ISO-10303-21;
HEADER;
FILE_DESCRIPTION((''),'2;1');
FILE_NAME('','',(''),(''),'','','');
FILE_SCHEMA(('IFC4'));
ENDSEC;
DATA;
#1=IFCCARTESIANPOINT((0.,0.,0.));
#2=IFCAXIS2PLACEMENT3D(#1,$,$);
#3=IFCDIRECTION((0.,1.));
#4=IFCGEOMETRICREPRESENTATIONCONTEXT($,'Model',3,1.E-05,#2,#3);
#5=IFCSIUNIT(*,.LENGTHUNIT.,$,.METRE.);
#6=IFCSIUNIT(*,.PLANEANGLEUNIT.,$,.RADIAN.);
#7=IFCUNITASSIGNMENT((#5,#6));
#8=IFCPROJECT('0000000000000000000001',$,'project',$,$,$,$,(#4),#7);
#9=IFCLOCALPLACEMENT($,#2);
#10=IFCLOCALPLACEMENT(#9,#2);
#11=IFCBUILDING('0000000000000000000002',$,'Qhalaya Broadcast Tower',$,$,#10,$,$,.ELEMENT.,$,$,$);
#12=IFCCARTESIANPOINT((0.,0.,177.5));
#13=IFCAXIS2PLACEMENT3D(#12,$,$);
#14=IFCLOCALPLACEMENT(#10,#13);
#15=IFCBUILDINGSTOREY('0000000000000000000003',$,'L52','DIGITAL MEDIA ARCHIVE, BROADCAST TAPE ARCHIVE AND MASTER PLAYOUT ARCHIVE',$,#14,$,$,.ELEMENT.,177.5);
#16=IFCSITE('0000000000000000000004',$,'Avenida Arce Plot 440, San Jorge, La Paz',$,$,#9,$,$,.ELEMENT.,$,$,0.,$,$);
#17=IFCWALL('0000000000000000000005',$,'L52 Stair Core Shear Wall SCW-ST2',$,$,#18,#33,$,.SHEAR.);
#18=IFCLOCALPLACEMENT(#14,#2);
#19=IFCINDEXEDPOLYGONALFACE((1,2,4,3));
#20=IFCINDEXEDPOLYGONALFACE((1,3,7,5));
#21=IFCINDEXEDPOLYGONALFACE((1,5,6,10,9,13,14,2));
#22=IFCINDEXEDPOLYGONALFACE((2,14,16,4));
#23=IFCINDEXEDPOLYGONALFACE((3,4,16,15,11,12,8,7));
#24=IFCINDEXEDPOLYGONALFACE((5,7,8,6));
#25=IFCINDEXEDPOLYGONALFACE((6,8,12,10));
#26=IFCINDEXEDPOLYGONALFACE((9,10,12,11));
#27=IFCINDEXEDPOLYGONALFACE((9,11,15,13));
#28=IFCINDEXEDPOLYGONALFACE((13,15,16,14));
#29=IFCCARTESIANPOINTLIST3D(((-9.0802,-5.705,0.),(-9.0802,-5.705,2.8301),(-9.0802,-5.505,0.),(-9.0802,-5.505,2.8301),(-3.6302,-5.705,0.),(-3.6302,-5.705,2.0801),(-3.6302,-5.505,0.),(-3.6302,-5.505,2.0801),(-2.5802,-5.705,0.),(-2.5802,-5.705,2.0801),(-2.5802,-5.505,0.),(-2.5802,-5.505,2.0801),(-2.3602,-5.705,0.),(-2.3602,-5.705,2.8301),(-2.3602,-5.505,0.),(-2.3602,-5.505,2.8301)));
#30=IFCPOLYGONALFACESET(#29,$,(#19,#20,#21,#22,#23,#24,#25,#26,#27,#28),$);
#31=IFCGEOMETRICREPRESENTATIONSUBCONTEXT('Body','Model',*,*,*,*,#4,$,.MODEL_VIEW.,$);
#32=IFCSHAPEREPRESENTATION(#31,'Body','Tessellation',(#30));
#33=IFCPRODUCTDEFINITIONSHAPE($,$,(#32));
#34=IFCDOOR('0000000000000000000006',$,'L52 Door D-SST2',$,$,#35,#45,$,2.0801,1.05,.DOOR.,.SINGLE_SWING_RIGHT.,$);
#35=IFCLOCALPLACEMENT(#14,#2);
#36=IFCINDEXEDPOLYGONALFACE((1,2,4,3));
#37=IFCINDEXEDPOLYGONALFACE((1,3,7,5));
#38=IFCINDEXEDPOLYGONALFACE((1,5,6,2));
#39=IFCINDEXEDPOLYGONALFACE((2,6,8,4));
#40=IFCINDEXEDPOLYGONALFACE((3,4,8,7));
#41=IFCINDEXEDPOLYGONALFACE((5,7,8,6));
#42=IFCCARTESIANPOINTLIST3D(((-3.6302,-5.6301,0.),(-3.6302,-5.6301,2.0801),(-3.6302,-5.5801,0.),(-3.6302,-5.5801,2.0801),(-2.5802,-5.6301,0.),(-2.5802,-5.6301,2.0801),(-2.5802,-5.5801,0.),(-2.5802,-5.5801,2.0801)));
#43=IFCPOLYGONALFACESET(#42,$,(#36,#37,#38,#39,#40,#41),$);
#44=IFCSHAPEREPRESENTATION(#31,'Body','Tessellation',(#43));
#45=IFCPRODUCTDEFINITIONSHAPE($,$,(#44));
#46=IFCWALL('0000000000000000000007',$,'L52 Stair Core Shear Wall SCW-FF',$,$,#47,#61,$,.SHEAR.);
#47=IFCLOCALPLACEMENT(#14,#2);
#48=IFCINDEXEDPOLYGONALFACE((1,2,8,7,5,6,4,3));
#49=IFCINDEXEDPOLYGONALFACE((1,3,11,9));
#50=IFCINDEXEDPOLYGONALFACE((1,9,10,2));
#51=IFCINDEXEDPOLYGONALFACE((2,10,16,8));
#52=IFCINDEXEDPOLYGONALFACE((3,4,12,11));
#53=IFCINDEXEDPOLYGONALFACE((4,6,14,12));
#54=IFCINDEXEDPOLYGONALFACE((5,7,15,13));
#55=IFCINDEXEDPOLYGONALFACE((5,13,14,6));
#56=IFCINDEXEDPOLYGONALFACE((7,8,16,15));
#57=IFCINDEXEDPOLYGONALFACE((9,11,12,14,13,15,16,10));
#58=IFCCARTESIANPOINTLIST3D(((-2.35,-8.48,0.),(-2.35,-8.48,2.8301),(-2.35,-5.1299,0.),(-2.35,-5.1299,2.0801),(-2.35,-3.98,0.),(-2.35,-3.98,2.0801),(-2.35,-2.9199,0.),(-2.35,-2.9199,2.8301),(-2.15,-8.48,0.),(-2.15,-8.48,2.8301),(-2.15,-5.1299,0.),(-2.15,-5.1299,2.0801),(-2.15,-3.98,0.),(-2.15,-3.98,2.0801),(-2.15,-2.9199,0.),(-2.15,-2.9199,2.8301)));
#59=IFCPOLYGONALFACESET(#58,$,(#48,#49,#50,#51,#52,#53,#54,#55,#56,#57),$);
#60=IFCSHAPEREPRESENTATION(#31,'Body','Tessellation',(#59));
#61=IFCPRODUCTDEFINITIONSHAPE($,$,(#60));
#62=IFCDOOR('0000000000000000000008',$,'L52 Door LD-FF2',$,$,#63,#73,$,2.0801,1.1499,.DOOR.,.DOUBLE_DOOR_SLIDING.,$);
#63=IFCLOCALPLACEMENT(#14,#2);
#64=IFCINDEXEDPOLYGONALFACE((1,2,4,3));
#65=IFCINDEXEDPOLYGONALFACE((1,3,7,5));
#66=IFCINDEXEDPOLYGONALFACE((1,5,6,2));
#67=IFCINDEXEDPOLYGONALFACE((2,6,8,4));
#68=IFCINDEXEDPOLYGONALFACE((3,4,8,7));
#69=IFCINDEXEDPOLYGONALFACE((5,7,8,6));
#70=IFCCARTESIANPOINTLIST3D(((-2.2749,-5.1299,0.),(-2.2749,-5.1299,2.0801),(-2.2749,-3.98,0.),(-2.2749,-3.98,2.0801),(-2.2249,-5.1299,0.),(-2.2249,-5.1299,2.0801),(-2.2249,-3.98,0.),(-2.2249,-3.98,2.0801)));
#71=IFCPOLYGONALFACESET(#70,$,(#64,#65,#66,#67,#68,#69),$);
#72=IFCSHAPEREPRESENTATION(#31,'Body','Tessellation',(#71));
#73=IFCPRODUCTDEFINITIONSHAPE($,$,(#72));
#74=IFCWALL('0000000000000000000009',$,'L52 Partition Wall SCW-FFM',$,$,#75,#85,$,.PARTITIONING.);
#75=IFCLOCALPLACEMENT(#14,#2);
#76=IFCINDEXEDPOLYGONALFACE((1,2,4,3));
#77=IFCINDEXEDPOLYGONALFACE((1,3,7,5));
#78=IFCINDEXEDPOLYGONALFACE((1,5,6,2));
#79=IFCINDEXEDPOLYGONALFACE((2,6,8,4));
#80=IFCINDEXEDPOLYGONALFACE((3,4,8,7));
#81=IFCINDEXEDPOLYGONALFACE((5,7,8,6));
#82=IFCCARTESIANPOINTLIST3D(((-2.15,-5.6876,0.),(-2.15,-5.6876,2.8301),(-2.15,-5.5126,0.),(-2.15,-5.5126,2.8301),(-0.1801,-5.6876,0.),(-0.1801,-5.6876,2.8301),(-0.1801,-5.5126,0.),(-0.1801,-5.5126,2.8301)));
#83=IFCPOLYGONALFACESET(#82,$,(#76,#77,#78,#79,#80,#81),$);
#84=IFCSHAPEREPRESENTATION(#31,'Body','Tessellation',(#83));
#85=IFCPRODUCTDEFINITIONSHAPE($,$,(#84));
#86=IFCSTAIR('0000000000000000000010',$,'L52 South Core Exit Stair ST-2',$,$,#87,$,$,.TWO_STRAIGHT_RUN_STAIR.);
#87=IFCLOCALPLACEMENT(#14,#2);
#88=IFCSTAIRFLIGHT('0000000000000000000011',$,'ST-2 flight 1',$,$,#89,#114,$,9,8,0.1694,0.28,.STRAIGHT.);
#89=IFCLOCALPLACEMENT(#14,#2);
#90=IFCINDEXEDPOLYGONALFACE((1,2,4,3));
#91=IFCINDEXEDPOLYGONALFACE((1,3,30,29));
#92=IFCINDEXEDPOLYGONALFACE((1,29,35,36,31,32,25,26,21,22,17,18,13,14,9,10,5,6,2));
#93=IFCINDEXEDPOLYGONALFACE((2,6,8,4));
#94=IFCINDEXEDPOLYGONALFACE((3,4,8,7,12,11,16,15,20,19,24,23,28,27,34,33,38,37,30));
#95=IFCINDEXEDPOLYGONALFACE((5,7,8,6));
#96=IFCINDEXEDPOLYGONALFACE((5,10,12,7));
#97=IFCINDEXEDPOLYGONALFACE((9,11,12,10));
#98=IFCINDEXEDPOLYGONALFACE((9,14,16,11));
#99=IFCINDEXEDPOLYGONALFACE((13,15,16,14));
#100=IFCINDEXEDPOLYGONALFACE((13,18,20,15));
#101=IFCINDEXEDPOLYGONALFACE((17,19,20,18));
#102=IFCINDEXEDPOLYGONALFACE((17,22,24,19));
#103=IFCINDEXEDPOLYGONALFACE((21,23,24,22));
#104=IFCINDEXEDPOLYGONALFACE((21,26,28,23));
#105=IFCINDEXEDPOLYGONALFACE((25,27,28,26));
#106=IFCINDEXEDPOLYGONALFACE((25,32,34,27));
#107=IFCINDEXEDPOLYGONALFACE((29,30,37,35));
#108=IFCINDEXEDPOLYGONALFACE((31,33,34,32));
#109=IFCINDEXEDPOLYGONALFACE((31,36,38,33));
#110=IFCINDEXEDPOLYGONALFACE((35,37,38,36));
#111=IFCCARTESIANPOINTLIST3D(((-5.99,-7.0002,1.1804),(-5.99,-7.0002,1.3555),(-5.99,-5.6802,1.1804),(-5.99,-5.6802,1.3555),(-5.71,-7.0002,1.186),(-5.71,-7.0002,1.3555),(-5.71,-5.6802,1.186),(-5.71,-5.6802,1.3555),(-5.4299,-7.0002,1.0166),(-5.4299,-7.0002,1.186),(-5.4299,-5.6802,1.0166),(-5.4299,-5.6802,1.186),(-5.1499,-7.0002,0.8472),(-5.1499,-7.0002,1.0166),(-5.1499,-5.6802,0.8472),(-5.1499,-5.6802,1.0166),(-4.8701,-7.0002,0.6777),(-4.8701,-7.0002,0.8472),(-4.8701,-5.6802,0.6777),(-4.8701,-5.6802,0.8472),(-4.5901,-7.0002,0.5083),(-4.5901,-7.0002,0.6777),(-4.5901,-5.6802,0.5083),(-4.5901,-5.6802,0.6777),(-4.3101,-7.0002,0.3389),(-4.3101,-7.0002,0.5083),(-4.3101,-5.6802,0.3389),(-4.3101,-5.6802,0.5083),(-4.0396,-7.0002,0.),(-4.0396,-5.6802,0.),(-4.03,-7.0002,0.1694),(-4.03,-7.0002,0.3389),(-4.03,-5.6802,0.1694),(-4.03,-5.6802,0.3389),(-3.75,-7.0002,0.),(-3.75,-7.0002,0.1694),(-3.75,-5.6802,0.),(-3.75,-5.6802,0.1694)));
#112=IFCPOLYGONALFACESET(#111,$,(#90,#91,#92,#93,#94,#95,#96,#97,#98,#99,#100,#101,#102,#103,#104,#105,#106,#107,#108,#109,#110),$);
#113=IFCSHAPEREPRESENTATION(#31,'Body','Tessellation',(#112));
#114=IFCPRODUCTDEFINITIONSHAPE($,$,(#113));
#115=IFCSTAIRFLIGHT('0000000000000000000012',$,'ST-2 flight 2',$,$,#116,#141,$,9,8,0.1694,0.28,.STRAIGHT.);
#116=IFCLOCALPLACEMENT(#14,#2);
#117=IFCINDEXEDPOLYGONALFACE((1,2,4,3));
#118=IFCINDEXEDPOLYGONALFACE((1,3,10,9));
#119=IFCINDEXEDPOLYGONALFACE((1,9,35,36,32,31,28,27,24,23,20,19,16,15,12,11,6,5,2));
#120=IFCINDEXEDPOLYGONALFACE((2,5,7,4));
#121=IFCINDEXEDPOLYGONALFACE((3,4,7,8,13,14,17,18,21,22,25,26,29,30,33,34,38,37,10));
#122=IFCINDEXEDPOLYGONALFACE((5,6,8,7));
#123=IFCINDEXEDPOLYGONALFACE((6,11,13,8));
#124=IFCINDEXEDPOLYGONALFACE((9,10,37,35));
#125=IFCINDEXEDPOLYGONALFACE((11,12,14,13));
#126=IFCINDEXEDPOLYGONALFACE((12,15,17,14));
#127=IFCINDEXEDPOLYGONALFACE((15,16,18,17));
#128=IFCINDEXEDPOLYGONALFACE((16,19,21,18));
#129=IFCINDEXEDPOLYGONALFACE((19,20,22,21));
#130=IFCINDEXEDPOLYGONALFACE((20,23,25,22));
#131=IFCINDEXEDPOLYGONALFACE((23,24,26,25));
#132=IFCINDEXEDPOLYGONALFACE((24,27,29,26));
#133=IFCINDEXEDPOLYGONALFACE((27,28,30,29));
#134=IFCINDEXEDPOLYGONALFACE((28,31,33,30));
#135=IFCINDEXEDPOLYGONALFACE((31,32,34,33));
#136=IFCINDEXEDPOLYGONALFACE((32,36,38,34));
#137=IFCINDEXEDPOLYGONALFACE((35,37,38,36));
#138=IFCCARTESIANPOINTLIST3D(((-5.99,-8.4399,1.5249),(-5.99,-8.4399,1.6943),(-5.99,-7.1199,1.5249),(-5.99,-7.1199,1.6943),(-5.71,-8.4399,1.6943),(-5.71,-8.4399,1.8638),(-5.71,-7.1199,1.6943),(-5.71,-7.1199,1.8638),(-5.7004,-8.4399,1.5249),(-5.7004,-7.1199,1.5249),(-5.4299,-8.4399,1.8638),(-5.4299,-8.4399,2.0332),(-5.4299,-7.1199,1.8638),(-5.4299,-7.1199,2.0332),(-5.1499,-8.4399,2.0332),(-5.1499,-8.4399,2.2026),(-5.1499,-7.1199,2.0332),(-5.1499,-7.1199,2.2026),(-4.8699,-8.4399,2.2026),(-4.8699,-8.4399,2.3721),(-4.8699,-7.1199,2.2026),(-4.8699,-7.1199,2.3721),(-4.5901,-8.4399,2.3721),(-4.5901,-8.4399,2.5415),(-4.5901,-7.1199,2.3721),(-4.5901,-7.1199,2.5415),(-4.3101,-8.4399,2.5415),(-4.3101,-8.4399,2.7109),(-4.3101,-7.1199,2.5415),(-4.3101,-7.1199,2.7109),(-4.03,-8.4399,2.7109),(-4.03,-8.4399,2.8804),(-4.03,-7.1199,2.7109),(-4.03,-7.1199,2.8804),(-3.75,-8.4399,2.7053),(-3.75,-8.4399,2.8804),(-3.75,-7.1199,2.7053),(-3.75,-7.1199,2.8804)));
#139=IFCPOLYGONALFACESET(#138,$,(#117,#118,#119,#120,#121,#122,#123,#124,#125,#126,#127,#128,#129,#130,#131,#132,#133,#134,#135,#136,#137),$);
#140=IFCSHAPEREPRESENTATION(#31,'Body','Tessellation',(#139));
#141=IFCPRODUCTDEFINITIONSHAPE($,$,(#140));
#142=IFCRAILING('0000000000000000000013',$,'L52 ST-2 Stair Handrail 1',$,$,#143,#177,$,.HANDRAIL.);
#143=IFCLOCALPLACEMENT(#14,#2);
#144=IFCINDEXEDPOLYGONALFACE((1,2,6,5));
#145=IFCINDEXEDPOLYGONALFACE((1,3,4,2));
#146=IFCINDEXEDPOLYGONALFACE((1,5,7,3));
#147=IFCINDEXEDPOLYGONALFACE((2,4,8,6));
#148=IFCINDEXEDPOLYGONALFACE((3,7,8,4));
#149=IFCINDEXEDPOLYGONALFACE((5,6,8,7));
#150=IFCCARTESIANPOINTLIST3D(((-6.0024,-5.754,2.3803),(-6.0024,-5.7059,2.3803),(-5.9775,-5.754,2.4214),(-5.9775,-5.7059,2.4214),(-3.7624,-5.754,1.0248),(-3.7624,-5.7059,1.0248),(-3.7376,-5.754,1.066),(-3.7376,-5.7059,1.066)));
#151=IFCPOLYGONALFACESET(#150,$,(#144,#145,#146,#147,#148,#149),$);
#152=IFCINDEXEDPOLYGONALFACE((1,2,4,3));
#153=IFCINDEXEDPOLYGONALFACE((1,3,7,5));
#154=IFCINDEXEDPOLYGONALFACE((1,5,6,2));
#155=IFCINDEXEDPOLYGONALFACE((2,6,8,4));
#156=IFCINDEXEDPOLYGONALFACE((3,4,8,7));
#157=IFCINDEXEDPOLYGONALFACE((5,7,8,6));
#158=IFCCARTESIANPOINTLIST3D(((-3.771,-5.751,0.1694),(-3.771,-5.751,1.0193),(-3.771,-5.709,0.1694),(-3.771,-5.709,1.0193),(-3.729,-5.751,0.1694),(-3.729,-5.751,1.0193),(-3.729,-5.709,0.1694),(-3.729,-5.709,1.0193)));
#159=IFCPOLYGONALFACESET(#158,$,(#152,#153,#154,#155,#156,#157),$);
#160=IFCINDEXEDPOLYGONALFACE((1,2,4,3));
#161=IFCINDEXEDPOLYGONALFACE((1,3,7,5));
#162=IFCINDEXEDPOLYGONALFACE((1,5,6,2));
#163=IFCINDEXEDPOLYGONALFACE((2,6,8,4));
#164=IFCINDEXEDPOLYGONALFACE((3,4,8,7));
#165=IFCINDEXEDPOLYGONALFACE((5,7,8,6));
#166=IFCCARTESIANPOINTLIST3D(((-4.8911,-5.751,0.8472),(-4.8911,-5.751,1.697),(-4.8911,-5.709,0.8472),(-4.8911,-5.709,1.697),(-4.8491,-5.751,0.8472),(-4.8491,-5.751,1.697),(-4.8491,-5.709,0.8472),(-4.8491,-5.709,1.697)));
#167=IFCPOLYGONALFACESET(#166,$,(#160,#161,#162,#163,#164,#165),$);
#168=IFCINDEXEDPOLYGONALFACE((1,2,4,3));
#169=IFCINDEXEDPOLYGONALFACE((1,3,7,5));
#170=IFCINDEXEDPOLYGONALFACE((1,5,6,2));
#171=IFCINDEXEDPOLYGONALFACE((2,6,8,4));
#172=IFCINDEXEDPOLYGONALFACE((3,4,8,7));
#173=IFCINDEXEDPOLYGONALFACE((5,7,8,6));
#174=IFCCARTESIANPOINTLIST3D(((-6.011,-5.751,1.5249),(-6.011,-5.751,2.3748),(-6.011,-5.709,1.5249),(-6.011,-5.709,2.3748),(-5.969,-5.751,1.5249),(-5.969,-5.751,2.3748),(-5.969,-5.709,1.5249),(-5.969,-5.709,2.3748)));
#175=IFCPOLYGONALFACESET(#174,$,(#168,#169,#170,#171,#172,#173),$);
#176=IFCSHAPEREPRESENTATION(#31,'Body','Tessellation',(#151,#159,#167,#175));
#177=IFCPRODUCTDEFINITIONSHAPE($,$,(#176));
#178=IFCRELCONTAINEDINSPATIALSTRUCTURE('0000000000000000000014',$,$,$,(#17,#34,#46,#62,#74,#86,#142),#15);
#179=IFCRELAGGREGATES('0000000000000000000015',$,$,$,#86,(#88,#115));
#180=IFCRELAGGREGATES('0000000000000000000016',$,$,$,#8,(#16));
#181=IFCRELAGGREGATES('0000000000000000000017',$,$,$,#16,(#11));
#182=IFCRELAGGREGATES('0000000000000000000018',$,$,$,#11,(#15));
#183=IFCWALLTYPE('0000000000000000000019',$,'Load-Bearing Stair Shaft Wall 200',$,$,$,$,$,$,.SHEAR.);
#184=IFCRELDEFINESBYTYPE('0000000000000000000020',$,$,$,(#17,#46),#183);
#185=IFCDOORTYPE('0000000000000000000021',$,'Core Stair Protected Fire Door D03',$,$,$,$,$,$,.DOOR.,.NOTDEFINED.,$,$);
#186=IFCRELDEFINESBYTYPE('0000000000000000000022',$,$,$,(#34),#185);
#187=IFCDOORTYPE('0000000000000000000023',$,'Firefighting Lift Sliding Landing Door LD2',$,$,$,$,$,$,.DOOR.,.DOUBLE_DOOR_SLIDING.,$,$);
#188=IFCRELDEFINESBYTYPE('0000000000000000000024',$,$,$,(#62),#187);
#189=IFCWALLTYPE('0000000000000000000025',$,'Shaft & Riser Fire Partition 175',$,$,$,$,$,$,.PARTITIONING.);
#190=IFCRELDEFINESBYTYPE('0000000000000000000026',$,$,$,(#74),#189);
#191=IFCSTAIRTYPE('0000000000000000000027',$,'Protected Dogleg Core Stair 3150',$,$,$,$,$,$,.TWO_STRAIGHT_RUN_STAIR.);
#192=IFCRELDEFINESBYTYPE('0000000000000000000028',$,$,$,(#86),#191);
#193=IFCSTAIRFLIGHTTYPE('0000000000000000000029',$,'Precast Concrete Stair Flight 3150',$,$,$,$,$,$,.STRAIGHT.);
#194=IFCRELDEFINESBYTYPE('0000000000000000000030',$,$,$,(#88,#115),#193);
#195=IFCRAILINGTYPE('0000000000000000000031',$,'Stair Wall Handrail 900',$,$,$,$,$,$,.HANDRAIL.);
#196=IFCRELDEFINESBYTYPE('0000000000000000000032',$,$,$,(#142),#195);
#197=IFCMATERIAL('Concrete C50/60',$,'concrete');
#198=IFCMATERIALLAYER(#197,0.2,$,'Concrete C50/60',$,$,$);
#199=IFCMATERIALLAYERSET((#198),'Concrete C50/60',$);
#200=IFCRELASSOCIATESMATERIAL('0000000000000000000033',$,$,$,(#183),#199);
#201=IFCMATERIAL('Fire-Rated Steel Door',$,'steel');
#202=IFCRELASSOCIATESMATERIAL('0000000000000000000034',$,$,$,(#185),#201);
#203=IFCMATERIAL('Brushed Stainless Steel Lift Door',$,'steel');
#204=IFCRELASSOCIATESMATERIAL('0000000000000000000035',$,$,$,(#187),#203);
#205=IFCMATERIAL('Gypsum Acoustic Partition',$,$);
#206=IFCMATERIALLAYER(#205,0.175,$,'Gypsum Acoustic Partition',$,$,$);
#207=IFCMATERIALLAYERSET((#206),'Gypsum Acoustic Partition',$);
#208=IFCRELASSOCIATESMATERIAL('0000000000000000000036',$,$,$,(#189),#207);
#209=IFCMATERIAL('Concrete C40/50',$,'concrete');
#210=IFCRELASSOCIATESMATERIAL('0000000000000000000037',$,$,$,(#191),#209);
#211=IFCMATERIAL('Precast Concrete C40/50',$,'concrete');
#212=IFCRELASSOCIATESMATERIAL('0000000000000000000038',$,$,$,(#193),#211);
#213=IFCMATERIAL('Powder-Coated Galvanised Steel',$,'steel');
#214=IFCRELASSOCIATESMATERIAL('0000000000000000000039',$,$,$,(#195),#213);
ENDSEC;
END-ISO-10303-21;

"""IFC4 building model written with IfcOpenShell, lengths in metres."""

from ifc_helpers import new_model, si_unit, direction, frame, frame_2d, origin, origin_2d, place, context, subcontext, project, spatial, polyline, rectangle, outline, extrude, material, layer, layer_set, type_object, element, fill, aggregate, save


model = new_model("IFC4")

# Units and contexts
model_context = context("Model", 3, precision=1e-05, world=origin(), true_north=direction((0.0, 1.0)))
body_context = subcontext(model_context, "Body", "Model", "MODEL_VIEW")
ifc_project = project(units=[si_unit("LENGTHUNIT", "METRE"), si_unit("PLANEANGLEUNIT", "RADIAN")], contexts=[model_context])

# Site, building, storey
site_placement = place(None, origin())
site = spatial("IfcSite", under=ifc_project, at=site_placement, Name="Avenida Arce Plot 440, San Jorge, La Paz", CompositionType="ELEMENT", RefElevation=0.0)
building_placement = place(site_placement, origin())
building = spatial("IfcBuilding", under=site, at=building_placement, Name="Qhalaya Broadcast Tower", CompositionType="ELEMENT")
storey_placement = place(building_placement, frame((0.0, 0.0, 177.5)))
storey = spatial("IfcBuildingStorey", under=building, at=storey_placement, Name="L52", Description="DIGITAL MEDIA ARCHIVE, BROADCAST TAPE ARCHIVE AND MASTER PLAYOUT ARCHIVE", CompositionType="ELEMENT", Elevation=177.5)

# Shared definitions
ifc_material_1 = material(Name="Concrete C50/60", Category="concrete")

# Walls, openings, doors
ifc_layer_1 = layer(ifc_material_1, 0.2, Name="Concrete C50/60")
ifc_layer_set_1 = layer_set([ifc_layer_1], Name="Concrete C50/60")
wall_type_1 = type_object("IfcWallType", Name="Load-Bearing Stair Shaft Wall 200", PredefinedType="SHEAR", material=ifc_layer_set_1)
wall_1_placement = place(storey_placement, frame((-9.0801, -5.605, 0.0), z_axis=(0.0, 0.0, 1.0), x_axis=(1.0, 0.0, 0.0)))
wall_1 = element("IfcWall", 1, at=wall_1_placement, inside=storey, type_object=wall_type_1, Name="L52 Stair Core Shear Wall SCW-ST2", PredefinedType="SHEAR", context=body_context, shape_type="SweptSolid", body=[
    extrude(rectangle(XDim=6.72, YDim=0.2, at=frame_2d((3.3599, 0.0))), origin(), (0.0, 0.0, 1.0), 2.8301),
])
opening_1_placement = place(wall_1_placement, frame((5.45, 0.0, 0.0)))
opening_1 = element("IfcOpeningElement", 2, at=opening_1_placement, cuts=wall_1, PredefinedType="OPENING", context=body_context, shape_type="SweptSolid", body=[
    extrude(rectangle(XDim=1.05, YDim=2.0801, at=frame_2d((0.5249, 1.04))), frame((0.0, 0.1121, 0.0), z_axis=(0.0, -1.0, 0.0), x_axis=(1.0, 0.0, 0.0)), (0.0, 0.0, 1.0), 0.2239),
])
ifc_material_2 = material(Name="Fire-Rated Steel Door", Category="steel")
door_type_1 = type_object("IfcDoorType", Name="Core Stair Protected Fire Door D03", OperationType="NOTDEFINED", PredefinedType="DOOR", material=ifc_material_2)
door_1_placement = place(opening_1_placement, origin())
door_1 = element("IfcDoor", 3, at=door_1_placement, inside=storey, type_object=door_type_1, Name="L52 Door D-SST2", OperationType="SINGLE_SWING_RIGHT", OverallHeight=2.0801, OverallWidth=1.05, PredefinedType="DOOR", context=body_context, shape_type="SweptSolid", body=[
    extrude(rectangle(XDim=1.05, YDim=2.0801, at=frame_2d((0.5249, 1.04))), frame((0.0, 0.0249, 0.0), z_axis=(0.0, -1.0, 0.0), x_axis=(1.0, 0.0, 0.0)), (0.0, 0.0, 1.0), 0.05),
])
fill(opening_1, door_1)
wall_2_placement = place(storey_placement, frame((-2.25, -8.48, 0.0), z_axis=(0.0, 0.0, 1.0), x_axis=(0.0, 1.0, 0.0)))
wall_2 = element("IfcWall", 4, at=wall_2_placement, inside=storey, type_object=wall_type_1, Name="L52 Stair Core Shear Wall SCW-FF", PredefinedType="SHEAR", context=body_context, shape_type="SweptSolid", body=[
    extrude(rectangle(XDim=5.5601, YDim=0.2, at=frame_2d((2.78, 0.0))), origin(), (0.0, 0.0, 1.0), 2.8301),
])
opening_2_placement = place(wall_2_placement, frame((3.3501, 0.0, 0.0)))
opening_2 = element("IfcOpeningElement", 5, at=opening_2_placement, cuts=wall_2, PredefinedType="OPENING", context=body_context, shape_type="SweptSolid", body=[
    extrude(rectangle(XDim=1.1499, YDim=2.0801, at=frame_2d((0.575, 1.04))), frame((0.0, 0.1121, 0.0), z_axis=(0.0, -1.0, 0.0), x_axis=(1.0, 0.0, 0.0)), (0.0, 0.0, 1.0), 0.2239),
])
ifc_material_3 = material(Name="Brushed Stainless Steel Lift Door", Category="steel")
door_type_2 = type_object("IfcDoorType", Name="Firefighting Lift Sliding Landing Door LD2", OperationType="DOUBLE_DOOR_SLIDING", PredefinedType="DOOR", material=ifc_material_3)
door_2_placement = place(opening_2_placement, origin())
door_2 = element("IfcDoor", 6, at=door_2_placement, inside=storey, type_object=door_type_2, Name="L52 Door LD-FF2", OperationType="DOUBLE_DOOR_SLIDING", OverallHeight=2.0801, OverallWidth=1.1499, PredefinedType="DOOR", context=body_context, shape_type="SweptSolid", body=[
    extrude(rectangle(XDim=1.1499, YDim=2.0801, at=frame_2d((0.575, 1.04))), frame((0.0, 0.0249, 0.0), z_axis=(0.0, -1.0, 0.0), x_axis=(1.0, 0.0, 0.0)), (0.0, 0.0, 1.0), 0.05),
])
fill(opening_2, door_2)

# Wall
ifc_material_4 = material(Name="Gypsum Acoustic Partition")
ifc_layer_2 = layer(ifc_material_4, 0.175, Name="Gypsum Acoustic Partition")
ifc_layer_set_2 = layer_set([ifc_layer_2], Name="Gypsum Acoustic Partition")
wall_type_2 = type_object("IfcWallType", Name="Shaft & Riser Fire Partition 175", PredefinedType="PARTITIONING", material=ifc_layer_set_2)
wall_3_placement = place(storey_placement, frame((-2.1499, -5.6001, 0.0), z_axis=(0.0, 0.0, 1.0), x_axis=(1.0, 0.0, 0.0)))
element("IfcWall", 7, at=wall_3_placement, inside=storey, type_object=wall_type_2, Name="L52 Partition Wall SCW-FFM", PredefinedType="PARTITIONING", context=body_context, shape_type="SweptSolid", body=[
    extrude(rectangle(XDim=1.97, YDim=0.175, at=frame_2d((0.9849, 0.0))), origin(), (0.0, 0.0, 1.0), 2.8301),
])

# Stair, stair flights
ifc_material_5 = material(Name="Concrete C40/50", Category="concrete")
stair_type = type_object("IfcStairType", Name="Protected Dogleg Core Stair 3150", PredefinedType="TWO_STRAIGHT_RUN_STAIR", material=ifc_material_5)
stair_placement = place(storey_placement, origin())
stair = element("IfcStair", 8, at=stair_placement, inside=storey, type_object=stair_type, Name="L52 South Core Exit Stair ST-2", PredefinedType="TWO_STRAIGHT_RUN_STAIR")
ifc_material_6 = material(Name="Precast Concrete C40/50", Category="concrete")
stair_flight_type = type_object("IfcStairFlightType", Name="Precast Concrete Stair Flight 3150", PredefinedType="STRAIGHT", material=ifc_material_6)
stair_flight_1_placement = place(storey_placement, frame((-3.75, -6.3401, 0.0), z_axis=(0.0, 0.0, 1.0), x_axis=(-1.0, 0.0, 0.0)))
stair_flight_1 = element("IfcStairFlight", 9, at=stair_flight_1_placement, type_object=stair_flight_type, Name="ST-2 flight 1", NumberOfRisers=9, NumberOfTreads=8, PredefinedType="STRAIGHT", RiserHeight=0.1694, TreadLength=0.28, context=body_context, shape_type="SweptSolid", body=[
    extrude(outline(polyline([(0.0, 0.0), (0.0, 0.1694), (0.28, 0.1694), (0.28, 0.3389), (0.5601, 0.3389), (0.5601, 0.5083), (0.8401, 0.5083), (0.8401, 0.6777), (1.1201, 0.6777), (1.1201, 0.8472), (1.3999, 0.8472), (1.3999, 1.0166), (1.6799, 1.0166), (1.6799, 1.186), (1.96, 1.186), (1.96, 1.3555), (2.24, 1.3555), (2.24, 1.5249), (2.24, 1.1804), (0.2896, 0.0), (0.0, 0.0)])), frame((0.0, 0.6602, 0.0), z_axis=(0.0, -1.0, 0.0), x_axis=(1.0, 0.0, 0.0)), (0.0, 0.0, 1.0), 1.3201),
])
stair_flight_2_placement = place(storey_placement, frame((-5.99, -7.78, 1.5249), z_axis=(0.0, 0.0, 1.0), x_axis=(1.0, 0.0, 0.0)))
stair_flight_2 = element("IfcStairFlight", 10, at=stair_flight_2_placement, type_object=stair_flight_type, Name="ST-2 flight 2", NumberOfRisers=9, NumberOfTreads=8, PredefinedType="STRAIGHT", RiserHeight=0.1694, TreadLength=0.28, context=body_context, shape_type="SweptSolid", body=[
    extrude(outline(polyline([(0.0, 0.0), (0.0, 0.1694), (0.28, 0.1694), (0.28, 0.3389), (0.5601, 0.3389), (0.5601, 0.5083), (0.8401, 0.5083), (0.8401, 0.6777), (1.1201, 0.6777), (1.1201, 0.8472), (1.3999, 0.8472), (1.3999, 1.0166), (1.6799, 1.0166), (1.6799, 1.186), (1.96, 1.186), (1.96, 1.3555), (2.24, 1.3555), (2.24, 1.5249), (2.24, 1.1804), (0.2896, 0.0), (0.0, 0.0)])), frame((0.0, 0.6602, 0.0), z_axis=(0.0, -1.0, 0.0), x_axis=(1.0, 0.0, 0.0)), (0.0, 0.0, 1.0), 1.3201),
])
aggregate(stair, [stair_flight_1, stair_flight_2])

# Railing
ifc_material_7 = material(Name="Powder-Coated Galvanised Steel", Category="steel")
railing_type_1 = type_object("IfcRailingType", Name="Stair Wall Handrail 900", PredefinedType="HANDRAIL", material=ifc_material_7)
railing_1_placement = place(storey_placement, frame((-3.75, -5.73, 0.1694)))
element("IfcRailing", 11, at=railing_1_placement, inside=storey, type_object=railing_type_1, Name="L52 ST-2 Stair Handrail 1", PredefinedType="HANDRAIL", context=body_context, shape_type="SweptSolid", body=[
    extrude(rectangle(XDim=0.0481, YDim=0.0481, at=origin_2d()), frame((0.0, 0.0, 0.876), z_axis=(-0.855553, 0.0, 0.517715), x_axis=(0.0, -1.0, 0.0)), (0.0, 0.0, 1.0), 2.6182),
    extrude(rectangle(XDim=0.042, YDim=0.042, at=origin_2d()), origin(), (0.0, 0.0, 1.0), 0.8499),
    extrude(rectangle(XDim=0.042, YDim=0.042, at=origin_2d()), frame((-1.1201, 0.0, 0.6777)), (0.0, 0.0, 1.0), 0.8499),
    extrude(rectangle(XDim=0.042, YDim=0.042, at=origin_2d()), frame((-2.24, 0.0, 1.3555)), (0.0, 0.0, 1.0), 0.8499),
])

save(model, "model.ifc")
